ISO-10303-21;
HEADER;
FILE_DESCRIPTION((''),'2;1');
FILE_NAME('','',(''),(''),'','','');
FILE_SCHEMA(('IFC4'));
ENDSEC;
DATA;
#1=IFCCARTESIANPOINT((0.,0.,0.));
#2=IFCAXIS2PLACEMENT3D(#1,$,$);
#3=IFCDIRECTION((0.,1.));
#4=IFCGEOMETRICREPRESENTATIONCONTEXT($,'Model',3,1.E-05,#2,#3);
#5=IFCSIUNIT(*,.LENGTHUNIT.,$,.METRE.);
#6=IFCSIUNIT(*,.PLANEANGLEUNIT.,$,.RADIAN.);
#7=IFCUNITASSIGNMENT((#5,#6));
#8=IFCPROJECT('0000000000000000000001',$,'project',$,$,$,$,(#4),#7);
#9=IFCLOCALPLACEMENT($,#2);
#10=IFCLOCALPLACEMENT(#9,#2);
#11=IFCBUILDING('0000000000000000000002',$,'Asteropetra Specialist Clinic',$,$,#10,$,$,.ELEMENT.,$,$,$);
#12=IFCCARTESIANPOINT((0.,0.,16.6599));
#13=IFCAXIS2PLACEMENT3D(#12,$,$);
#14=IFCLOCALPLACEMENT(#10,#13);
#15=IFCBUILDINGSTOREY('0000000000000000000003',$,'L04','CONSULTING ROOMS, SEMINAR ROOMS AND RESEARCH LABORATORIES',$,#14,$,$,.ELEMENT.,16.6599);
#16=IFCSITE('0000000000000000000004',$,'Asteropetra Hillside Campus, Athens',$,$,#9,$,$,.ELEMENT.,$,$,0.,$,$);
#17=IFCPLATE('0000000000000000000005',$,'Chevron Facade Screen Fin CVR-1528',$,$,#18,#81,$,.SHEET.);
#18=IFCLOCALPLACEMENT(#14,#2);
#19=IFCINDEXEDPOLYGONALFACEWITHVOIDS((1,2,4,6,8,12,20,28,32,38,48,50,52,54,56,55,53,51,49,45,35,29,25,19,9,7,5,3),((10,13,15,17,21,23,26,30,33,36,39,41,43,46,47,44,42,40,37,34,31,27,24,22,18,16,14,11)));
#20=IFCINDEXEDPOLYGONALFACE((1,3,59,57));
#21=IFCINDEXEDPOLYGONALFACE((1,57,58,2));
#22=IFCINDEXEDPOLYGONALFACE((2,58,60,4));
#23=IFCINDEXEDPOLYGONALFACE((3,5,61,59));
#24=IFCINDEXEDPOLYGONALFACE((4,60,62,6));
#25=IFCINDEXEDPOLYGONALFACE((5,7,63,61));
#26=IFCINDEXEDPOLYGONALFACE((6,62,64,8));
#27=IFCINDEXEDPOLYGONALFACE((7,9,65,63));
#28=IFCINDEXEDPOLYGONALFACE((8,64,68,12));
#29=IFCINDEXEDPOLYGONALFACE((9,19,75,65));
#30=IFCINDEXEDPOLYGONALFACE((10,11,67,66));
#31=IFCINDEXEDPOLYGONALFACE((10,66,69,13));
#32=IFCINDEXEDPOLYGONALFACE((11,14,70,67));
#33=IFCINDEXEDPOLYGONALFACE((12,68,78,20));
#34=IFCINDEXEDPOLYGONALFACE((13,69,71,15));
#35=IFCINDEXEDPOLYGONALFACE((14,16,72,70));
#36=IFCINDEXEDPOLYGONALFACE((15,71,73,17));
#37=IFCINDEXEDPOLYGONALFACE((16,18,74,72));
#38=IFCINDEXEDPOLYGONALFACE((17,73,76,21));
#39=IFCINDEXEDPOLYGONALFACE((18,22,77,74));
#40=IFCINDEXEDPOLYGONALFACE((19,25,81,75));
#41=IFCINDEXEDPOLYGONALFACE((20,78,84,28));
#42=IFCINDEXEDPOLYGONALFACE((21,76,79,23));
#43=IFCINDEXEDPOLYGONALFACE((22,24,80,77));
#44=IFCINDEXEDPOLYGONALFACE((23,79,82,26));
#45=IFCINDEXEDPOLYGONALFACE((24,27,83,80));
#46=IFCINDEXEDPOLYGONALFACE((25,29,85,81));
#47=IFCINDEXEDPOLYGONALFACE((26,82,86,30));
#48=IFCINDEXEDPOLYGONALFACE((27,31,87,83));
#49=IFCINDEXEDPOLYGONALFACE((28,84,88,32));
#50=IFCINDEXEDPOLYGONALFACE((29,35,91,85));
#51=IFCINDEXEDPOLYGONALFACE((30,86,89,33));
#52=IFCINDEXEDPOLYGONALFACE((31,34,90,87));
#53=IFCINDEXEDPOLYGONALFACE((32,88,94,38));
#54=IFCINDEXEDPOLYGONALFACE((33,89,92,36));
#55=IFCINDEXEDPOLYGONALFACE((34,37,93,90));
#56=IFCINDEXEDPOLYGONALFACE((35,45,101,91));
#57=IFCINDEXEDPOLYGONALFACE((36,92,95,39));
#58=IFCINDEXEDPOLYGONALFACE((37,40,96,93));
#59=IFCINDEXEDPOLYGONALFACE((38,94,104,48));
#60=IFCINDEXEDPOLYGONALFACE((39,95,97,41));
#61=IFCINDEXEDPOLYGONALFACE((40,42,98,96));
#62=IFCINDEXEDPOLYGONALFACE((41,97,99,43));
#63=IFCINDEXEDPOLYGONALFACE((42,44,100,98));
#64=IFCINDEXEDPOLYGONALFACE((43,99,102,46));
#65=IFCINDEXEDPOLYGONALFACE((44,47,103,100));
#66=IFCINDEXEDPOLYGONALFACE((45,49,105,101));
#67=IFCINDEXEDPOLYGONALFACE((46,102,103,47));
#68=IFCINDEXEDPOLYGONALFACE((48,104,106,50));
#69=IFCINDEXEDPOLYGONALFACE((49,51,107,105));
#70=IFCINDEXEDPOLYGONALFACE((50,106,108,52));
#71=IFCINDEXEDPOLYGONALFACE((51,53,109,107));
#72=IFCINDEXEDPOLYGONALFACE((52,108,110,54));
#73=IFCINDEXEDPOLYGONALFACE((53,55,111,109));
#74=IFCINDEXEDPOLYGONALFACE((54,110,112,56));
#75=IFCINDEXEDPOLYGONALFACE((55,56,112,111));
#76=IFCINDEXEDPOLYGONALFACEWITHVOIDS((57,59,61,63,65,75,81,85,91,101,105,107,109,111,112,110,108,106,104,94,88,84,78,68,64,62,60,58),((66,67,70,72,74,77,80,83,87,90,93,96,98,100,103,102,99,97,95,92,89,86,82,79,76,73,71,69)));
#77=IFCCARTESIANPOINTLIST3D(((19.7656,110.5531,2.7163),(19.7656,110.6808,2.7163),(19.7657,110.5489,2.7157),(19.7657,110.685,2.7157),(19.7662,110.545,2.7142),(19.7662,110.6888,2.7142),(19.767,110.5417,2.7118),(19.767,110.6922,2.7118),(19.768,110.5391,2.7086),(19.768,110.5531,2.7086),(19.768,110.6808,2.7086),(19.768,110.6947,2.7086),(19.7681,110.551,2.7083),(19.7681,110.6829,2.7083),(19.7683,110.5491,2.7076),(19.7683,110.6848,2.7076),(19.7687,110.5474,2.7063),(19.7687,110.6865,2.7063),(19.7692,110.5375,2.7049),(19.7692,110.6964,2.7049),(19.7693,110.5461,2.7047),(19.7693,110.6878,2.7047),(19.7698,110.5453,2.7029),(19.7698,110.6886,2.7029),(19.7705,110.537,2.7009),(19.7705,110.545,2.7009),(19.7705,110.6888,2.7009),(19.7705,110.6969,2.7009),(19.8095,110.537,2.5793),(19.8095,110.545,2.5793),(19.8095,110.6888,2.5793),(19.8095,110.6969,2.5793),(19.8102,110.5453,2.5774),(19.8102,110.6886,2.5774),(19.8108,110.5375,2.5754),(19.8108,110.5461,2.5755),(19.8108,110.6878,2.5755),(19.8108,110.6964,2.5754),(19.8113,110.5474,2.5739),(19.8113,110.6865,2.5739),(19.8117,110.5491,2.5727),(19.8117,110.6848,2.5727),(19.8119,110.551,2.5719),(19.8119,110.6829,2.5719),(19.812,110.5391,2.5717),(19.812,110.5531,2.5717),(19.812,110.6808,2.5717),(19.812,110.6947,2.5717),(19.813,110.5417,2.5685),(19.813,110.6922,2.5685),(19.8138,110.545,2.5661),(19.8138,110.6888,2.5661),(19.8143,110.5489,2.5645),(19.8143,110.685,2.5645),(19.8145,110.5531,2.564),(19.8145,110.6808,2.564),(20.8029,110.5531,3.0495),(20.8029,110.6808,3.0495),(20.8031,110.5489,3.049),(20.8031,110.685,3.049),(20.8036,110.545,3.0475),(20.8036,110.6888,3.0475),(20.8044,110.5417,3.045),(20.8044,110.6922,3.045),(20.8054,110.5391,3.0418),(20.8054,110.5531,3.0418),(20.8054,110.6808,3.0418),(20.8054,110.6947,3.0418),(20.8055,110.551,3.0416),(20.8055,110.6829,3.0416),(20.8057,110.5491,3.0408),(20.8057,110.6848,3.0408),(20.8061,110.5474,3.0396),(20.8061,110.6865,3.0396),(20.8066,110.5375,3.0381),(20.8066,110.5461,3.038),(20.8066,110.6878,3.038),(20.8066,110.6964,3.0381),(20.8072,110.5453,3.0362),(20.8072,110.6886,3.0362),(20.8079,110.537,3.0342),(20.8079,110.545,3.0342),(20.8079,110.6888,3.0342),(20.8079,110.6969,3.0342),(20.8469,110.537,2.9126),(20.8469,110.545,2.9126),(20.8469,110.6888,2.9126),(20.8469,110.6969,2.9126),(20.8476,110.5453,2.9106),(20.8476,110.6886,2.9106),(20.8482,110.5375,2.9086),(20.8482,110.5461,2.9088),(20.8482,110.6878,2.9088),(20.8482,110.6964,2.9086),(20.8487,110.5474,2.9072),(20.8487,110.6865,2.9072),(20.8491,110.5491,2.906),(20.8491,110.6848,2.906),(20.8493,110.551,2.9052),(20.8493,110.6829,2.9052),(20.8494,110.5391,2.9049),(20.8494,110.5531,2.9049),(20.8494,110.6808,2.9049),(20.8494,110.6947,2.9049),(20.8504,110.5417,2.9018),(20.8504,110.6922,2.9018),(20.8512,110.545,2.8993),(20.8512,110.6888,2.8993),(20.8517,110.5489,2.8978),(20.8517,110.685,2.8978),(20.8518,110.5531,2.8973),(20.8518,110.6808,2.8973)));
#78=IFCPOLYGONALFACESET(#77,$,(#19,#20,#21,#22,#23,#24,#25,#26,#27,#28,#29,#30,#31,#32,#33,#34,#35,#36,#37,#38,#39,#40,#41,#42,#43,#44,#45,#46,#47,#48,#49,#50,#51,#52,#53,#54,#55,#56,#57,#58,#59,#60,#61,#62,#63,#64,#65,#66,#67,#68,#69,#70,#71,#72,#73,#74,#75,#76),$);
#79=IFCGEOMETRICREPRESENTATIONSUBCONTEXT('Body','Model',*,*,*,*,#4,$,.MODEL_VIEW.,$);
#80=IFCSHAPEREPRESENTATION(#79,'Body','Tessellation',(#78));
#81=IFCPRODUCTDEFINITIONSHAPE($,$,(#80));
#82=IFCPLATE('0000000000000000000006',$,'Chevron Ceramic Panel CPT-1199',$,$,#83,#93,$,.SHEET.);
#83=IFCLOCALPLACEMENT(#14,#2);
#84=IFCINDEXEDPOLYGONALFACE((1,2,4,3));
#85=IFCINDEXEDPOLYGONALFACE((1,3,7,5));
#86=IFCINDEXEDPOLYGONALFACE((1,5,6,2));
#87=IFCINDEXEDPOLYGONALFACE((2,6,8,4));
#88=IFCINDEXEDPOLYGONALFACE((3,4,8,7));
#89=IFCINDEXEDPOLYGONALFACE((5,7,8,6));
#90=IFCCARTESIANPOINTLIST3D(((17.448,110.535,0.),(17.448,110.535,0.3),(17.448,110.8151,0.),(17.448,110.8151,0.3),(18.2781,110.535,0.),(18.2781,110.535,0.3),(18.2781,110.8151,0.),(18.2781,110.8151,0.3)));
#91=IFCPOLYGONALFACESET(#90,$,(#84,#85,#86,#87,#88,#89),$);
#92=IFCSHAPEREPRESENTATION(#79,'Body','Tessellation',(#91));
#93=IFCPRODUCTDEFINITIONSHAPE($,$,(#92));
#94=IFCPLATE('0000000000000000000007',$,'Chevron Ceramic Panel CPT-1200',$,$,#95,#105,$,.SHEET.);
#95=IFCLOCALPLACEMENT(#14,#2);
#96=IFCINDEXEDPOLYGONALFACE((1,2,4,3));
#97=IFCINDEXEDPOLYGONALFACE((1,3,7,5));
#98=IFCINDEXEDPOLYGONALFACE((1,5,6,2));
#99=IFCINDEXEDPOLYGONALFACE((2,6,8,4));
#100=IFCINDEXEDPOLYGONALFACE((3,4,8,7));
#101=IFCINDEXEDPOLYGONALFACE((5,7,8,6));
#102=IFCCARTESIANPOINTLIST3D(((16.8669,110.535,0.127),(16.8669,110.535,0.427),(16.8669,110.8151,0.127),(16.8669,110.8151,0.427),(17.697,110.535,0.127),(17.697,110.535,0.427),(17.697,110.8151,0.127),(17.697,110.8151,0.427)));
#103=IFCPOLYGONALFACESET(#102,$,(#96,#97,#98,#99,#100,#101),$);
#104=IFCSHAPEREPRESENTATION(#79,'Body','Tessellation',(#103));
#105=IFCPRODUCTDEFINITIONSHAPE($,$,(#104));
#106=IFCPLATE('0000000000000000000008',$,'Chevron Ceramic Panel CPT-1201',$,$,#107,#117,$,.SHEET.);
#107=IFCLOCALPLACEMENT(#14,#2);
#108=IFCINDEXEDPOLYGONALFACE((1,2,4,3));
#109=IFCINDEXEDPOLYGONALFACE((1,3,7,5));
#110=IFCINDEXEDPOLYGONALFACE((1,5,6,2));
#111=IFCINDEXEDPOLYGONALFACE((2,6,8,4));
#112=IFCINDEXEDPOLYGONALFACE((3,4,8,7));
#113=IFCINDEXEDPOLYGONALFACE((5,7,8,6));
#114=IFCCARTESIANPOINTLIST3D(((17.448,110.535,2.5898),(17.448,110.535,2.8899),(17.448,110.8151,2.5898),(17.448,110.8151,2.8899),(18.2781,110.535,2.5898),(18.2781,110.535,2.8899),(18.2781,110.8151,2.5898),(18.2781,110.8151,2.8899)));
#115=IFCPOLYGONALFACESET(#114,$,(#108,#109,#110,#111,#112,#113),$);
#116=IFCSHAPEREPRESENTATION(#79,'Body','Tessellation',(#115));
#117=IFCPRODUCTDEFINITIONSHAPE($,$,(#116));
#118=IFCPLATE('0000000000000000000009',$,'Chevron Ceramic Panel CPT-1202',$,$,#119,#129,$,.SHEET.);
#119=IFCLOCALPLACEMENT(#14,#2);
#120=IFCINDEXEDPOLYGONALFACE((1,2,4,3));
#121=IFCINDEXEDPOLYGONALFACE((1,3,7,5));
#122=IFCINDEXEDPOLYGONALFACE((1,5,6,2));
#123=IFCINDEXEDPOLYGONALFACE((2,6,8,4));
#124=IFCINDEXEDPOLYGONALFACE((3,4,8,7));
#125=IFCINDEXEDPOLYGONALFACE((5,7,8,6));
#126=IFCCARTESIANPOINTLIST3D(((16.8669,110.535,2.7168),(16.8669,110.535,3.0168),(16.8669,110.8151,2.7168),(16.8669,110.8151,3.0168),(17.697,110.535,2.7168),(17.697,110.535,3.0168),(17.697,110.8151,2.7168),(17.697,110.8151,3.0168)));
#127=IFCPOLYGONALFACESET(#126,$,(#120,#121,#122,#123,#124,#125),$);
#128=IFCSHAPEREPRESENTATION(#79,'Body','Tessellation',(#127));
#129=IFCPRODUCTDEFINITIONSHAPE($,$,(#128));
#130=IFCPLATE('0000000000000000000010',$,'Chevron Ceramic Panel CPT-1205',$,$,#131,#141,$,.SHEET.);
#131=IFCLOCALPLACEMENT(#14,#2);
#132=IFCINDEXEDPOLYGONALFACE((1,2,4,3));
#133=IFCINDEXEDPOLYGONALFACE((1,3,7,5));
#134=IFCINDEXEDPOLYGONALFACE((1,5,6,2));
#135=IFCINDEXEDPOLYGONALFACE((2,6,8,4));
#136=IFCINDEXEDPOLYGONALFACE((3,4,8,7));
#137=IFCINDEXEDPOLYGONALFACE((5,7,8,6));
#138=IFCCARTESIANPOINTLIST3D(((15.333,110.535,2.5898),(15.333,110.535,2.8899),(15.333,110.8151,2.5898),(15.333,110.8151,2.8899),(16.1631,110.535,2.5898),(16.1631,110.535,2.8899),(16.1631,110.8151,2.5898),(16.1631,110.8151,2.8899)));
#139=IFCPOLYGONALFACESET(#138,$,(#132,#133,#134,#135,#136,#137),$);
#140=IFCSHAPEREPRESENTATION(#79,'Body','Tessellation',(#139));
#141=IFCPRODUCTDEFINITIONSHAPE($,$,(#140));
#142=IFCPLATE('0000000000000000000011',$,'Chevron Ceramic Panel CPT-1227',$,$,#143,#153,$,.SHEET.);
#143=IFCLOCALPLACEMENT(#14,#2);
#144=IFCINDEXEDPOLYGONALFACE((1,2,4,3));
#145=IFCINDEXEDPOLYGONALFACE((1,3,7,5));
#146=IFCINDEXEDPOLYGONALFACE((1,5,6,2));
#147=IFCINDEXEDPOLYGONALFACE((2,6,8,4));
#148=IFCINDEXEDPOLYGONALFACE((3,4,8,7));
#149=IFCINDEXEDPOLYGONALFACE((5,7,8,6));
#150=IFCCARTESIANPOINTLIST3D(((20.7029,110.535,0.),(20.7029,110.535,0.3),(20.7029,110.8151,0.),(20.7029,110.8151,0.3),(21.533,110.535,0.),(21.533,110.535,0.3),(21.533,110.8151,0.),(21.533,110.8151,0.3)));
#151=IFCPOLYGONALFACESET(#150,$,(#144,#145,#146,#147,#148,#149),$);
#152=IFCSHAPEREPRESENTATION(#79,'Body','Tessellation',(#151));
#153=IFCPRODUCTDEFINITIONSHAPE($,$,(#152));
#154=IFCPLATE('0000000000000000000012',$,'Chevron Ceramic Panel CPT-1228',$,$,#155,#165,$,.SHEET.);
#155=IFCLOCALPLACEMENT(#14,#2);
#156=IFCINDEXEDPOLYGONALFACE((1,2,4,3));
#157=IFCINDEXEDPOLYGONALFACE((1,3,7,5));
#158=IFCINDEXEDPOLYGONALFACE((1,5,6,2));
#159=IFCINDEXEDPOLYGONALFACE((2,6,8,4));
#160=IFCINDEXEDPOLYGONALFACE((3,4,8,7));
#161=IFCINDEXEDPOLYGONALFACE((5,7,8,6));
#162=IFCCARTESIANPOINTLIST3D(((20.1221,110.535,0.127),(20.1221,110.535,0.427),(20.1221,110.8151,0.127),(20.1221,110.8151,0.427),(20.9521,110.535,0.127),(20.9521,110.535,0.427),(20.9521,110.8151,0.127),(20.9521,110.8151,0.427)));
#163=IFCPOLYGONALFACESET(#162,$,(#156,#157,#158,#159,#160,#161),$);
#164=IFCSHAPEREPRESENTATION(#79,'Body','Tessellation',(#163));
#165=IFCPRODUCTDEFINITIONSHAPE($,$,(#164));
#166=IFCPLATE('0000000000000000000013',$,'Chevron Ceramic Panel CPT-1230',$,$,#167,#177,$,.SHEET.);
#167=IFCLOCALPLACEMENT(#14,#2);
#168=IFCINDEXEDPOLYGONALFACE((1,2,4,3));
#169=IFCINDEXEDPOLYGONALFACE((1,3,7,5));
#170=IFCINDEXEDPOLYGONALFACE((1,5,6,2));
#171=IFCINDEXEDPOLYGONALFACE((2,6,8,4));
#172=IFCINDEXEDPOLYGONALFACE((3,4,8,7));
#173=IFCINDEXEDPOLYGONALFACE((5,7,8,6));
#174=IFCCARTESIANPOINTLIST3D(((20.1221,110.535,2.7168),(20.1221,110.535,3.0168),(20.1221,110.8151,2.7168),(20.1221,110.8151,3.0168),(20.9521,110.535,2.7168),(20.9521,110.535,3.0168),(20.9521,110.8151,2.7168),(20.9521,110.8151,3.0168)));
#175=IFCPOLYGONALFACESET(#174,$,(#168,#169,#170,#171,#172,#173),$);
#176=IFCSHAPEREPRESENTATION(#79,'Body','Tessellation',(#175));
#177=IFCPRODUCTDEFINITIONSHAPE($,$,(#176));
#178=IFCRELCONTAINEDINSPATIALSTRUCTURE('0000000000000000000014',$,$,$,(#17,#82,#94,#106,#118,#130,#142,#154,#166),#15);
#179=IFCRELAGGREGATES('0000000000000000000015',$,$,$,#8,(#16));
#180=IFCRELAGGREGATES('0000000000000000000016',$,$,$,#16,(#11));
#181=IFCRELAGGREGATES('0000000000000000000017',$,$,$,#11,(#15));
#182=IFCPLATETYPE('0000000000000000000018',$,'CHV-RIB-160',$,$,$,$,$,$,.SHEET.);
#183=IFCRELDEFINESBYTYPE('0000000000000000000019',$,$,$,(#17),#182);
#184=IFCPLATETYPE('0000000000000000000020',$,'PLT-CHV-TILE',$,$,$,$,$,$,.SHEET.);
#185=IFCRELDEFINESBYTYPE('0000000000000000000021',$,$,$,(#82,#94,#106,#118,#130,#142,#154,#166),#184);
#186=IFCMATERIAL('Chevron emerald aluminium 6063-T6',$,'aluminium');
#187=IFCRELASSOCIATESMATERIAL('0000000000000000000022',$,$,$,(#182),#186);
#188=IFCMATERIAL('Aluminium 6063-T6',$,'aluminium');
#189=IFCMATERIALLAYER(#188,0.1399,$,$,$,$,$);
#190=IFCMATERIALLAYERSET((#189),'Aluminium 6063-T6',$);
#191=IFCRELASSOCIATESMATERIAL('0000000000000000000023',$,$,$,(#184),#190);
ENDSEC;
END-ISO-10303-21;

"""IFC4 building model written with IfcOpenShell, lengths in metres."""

from ifc_helpers import new_model, si_unit, direction, frame, origin, origin_2d, place, context, subcontext, project, spatial, rectangle, hollow_rectangle, extrude, material, layer, layer_set, material_profile, profile_set, type_object, element, save


model = new_model("IFC4")

# Units and contexts
model_context = context("Model", 3, precision=1e-05, world=origin(), true_north=direction((0.0, 1.0)))
body_context = subcontext(model_context, "Body", "Model", "MODEL_VIEW")
ifc_project = project(units=[si_unit("LENGTHUNIT", "METRE"), si_unit("PLANEANGLEUNIT", "RADIAN")], contexts=[model_context])

# Site, building, storey
site_placement = place(None, origin())
site = spatial("IfcSite", under=ifc_project, at=site_placement, Name="Asteropetra Hillside Campus, Athens", CompositionType="ELEMENT", RefElevation=0.0)
building_placement = place(site_placement, origin())
building = spatial("IfcBuilding", under=site, at=building_placement, Name="Asteropetra Specialist Clinic", CompositionType="ELEMENT")
storey_placement = place(building_placement, frame((0.0, 0.0, 16.6599)))
storey = spatial("IfcBuildingStorey", under=building, at=storey_placement, Name="L04", Description="CONSULTING ROOMS, SEMINAR ROOMS AND RESEARCH LABORATORIES", CompositionType="ELEMENT", Elevation=16.6599)

# Plates
ifc_material_1 = material(Name="Chevron emerald aluminium 6063-T6", Category="aluminium")
ifc_material_profile_1 = material_profile(ifc_material_1, hollow_rectangle(XDim=0.1599, YDim=0.1599, WallThickness=0.0081, InnerFilletRadius=0.0081, OuterFilletRadius=0.0161, at=origin_2d()), Name="SHS 160x160x8.0")
ifc_profile_set_1 = profile_set([ifc_material_profile_1], Name="Chevron emerald aluminium 6063-T6")
plate_type_1 = type_object("IfcPlateType", Name="CHV-RIB-160", PredefinedType="SHEET", material=ifc_profile_set_1)
for number, where, z_axis, x_axis, name in (
    (1, (20.8274, 110.6169, 2.9734), (-0.952078, 0.0, -0.305857), (0.0, -1.0, 0.0), "Chevron Facade Screen Fin CVR-1528"),
):
    element("IfcPlate", number, at=place(storey_placement, frame(where, z_axis=z_axis, x_axis=x_axis)), inside=storey, type_object=plate_type_1, Name=name, PredefinedType="SHEET", context=body_context, shape_type="SweptSolid", body=[
        extrude(hollow_rectangle(XDim=0.1599, YDim=0.1599, WallThickness=0.0081, InnerFilletRadius=0.0081, OuterFilletRadius=0.0161, at=origin_2d()), origin(), (0.0, 0.0, 1.0), 1.0896),
    ])
ifc_material_2 = material(Name="Aluminium 6063-T6", Category="aluminium")
ifc_layer_1 = layer(ifc_material_2, 0.1399)
ifc_layer_set_1 = layer_set([ifc_layer_1], Name="Aluminium 6063-T6")
plate_type_2 = type_object("IfcPlateType", Name="PLT-CHV-TILE", PredefinedType="SHEET", material=ifc_layer_set_1)
for number, where, z_axis, x_axis, name in (
    (2, (17.863, 110.675, 0.0), (0.0, 0.0, 1.0), (1.0, 0.0, 0.0), "Chevron Ceramic Panel CPT-1199"),
    (3, (17.282, 110.675, 0.127), (0.0, 0.0, 1.0), (1.0, 0.0, 0.0), "Chevron Ceramic Panel CPT-1200"),
    (4, (17.863, 110.675, 2.5898), (0.0, 0.0, 1.0), (1.0, 0.0, 0.0), "Chevron Ceramic Panel CPT-1201"),
    (5, (17.282, 110.675, 2.7168), (0.0, 0.0, 1.0), (1.0, 0.0, 0.0), "Chevron Ceramic Panel CPT-1202"),
    (6, (15.748, 110.675, 2.5898), (0.0, 0.0, 1.0), (1.0, 0.0, 0.0), "Chevron Ceramic Panel CPT-1205"),
    (7, (21.1179, 110.675, 0.0), (0.0, 0.0, 1.0), (1.0, 0.0, 0.0), "Chevron Ceramic Panel CPT-1227"),
    (8, (20.5371, 110.675, 0.127), (0.0, 0.0, 1.0), (1.0, 0.0, 0.0), "Chevron Ceramic Panel CPT-1228"),
    (9, (20.5371, 110.675, 2.7168), (0.0, 0.0, 1.0), (1.0, 0.0, 0.0), "Chevron Ceramic Panel CPT-1230"),
):
    element("IfcPlate", number, at=place(storey_placement, frame(where, z_axis=z_axis, x_axis=x_axis)), inside=storey, type_object=plate_type_2, Name=name, PredefinedType="SHEET", context=body_context, shape_type="SweptSolid", body=[
        extrude(rectangle(XDim=0.8301, YDim=0.28, at=origin_2d()), origin(), (0.0, 0.0, 1.0), 0.3),
    ])

save(model, "model.ifc")
